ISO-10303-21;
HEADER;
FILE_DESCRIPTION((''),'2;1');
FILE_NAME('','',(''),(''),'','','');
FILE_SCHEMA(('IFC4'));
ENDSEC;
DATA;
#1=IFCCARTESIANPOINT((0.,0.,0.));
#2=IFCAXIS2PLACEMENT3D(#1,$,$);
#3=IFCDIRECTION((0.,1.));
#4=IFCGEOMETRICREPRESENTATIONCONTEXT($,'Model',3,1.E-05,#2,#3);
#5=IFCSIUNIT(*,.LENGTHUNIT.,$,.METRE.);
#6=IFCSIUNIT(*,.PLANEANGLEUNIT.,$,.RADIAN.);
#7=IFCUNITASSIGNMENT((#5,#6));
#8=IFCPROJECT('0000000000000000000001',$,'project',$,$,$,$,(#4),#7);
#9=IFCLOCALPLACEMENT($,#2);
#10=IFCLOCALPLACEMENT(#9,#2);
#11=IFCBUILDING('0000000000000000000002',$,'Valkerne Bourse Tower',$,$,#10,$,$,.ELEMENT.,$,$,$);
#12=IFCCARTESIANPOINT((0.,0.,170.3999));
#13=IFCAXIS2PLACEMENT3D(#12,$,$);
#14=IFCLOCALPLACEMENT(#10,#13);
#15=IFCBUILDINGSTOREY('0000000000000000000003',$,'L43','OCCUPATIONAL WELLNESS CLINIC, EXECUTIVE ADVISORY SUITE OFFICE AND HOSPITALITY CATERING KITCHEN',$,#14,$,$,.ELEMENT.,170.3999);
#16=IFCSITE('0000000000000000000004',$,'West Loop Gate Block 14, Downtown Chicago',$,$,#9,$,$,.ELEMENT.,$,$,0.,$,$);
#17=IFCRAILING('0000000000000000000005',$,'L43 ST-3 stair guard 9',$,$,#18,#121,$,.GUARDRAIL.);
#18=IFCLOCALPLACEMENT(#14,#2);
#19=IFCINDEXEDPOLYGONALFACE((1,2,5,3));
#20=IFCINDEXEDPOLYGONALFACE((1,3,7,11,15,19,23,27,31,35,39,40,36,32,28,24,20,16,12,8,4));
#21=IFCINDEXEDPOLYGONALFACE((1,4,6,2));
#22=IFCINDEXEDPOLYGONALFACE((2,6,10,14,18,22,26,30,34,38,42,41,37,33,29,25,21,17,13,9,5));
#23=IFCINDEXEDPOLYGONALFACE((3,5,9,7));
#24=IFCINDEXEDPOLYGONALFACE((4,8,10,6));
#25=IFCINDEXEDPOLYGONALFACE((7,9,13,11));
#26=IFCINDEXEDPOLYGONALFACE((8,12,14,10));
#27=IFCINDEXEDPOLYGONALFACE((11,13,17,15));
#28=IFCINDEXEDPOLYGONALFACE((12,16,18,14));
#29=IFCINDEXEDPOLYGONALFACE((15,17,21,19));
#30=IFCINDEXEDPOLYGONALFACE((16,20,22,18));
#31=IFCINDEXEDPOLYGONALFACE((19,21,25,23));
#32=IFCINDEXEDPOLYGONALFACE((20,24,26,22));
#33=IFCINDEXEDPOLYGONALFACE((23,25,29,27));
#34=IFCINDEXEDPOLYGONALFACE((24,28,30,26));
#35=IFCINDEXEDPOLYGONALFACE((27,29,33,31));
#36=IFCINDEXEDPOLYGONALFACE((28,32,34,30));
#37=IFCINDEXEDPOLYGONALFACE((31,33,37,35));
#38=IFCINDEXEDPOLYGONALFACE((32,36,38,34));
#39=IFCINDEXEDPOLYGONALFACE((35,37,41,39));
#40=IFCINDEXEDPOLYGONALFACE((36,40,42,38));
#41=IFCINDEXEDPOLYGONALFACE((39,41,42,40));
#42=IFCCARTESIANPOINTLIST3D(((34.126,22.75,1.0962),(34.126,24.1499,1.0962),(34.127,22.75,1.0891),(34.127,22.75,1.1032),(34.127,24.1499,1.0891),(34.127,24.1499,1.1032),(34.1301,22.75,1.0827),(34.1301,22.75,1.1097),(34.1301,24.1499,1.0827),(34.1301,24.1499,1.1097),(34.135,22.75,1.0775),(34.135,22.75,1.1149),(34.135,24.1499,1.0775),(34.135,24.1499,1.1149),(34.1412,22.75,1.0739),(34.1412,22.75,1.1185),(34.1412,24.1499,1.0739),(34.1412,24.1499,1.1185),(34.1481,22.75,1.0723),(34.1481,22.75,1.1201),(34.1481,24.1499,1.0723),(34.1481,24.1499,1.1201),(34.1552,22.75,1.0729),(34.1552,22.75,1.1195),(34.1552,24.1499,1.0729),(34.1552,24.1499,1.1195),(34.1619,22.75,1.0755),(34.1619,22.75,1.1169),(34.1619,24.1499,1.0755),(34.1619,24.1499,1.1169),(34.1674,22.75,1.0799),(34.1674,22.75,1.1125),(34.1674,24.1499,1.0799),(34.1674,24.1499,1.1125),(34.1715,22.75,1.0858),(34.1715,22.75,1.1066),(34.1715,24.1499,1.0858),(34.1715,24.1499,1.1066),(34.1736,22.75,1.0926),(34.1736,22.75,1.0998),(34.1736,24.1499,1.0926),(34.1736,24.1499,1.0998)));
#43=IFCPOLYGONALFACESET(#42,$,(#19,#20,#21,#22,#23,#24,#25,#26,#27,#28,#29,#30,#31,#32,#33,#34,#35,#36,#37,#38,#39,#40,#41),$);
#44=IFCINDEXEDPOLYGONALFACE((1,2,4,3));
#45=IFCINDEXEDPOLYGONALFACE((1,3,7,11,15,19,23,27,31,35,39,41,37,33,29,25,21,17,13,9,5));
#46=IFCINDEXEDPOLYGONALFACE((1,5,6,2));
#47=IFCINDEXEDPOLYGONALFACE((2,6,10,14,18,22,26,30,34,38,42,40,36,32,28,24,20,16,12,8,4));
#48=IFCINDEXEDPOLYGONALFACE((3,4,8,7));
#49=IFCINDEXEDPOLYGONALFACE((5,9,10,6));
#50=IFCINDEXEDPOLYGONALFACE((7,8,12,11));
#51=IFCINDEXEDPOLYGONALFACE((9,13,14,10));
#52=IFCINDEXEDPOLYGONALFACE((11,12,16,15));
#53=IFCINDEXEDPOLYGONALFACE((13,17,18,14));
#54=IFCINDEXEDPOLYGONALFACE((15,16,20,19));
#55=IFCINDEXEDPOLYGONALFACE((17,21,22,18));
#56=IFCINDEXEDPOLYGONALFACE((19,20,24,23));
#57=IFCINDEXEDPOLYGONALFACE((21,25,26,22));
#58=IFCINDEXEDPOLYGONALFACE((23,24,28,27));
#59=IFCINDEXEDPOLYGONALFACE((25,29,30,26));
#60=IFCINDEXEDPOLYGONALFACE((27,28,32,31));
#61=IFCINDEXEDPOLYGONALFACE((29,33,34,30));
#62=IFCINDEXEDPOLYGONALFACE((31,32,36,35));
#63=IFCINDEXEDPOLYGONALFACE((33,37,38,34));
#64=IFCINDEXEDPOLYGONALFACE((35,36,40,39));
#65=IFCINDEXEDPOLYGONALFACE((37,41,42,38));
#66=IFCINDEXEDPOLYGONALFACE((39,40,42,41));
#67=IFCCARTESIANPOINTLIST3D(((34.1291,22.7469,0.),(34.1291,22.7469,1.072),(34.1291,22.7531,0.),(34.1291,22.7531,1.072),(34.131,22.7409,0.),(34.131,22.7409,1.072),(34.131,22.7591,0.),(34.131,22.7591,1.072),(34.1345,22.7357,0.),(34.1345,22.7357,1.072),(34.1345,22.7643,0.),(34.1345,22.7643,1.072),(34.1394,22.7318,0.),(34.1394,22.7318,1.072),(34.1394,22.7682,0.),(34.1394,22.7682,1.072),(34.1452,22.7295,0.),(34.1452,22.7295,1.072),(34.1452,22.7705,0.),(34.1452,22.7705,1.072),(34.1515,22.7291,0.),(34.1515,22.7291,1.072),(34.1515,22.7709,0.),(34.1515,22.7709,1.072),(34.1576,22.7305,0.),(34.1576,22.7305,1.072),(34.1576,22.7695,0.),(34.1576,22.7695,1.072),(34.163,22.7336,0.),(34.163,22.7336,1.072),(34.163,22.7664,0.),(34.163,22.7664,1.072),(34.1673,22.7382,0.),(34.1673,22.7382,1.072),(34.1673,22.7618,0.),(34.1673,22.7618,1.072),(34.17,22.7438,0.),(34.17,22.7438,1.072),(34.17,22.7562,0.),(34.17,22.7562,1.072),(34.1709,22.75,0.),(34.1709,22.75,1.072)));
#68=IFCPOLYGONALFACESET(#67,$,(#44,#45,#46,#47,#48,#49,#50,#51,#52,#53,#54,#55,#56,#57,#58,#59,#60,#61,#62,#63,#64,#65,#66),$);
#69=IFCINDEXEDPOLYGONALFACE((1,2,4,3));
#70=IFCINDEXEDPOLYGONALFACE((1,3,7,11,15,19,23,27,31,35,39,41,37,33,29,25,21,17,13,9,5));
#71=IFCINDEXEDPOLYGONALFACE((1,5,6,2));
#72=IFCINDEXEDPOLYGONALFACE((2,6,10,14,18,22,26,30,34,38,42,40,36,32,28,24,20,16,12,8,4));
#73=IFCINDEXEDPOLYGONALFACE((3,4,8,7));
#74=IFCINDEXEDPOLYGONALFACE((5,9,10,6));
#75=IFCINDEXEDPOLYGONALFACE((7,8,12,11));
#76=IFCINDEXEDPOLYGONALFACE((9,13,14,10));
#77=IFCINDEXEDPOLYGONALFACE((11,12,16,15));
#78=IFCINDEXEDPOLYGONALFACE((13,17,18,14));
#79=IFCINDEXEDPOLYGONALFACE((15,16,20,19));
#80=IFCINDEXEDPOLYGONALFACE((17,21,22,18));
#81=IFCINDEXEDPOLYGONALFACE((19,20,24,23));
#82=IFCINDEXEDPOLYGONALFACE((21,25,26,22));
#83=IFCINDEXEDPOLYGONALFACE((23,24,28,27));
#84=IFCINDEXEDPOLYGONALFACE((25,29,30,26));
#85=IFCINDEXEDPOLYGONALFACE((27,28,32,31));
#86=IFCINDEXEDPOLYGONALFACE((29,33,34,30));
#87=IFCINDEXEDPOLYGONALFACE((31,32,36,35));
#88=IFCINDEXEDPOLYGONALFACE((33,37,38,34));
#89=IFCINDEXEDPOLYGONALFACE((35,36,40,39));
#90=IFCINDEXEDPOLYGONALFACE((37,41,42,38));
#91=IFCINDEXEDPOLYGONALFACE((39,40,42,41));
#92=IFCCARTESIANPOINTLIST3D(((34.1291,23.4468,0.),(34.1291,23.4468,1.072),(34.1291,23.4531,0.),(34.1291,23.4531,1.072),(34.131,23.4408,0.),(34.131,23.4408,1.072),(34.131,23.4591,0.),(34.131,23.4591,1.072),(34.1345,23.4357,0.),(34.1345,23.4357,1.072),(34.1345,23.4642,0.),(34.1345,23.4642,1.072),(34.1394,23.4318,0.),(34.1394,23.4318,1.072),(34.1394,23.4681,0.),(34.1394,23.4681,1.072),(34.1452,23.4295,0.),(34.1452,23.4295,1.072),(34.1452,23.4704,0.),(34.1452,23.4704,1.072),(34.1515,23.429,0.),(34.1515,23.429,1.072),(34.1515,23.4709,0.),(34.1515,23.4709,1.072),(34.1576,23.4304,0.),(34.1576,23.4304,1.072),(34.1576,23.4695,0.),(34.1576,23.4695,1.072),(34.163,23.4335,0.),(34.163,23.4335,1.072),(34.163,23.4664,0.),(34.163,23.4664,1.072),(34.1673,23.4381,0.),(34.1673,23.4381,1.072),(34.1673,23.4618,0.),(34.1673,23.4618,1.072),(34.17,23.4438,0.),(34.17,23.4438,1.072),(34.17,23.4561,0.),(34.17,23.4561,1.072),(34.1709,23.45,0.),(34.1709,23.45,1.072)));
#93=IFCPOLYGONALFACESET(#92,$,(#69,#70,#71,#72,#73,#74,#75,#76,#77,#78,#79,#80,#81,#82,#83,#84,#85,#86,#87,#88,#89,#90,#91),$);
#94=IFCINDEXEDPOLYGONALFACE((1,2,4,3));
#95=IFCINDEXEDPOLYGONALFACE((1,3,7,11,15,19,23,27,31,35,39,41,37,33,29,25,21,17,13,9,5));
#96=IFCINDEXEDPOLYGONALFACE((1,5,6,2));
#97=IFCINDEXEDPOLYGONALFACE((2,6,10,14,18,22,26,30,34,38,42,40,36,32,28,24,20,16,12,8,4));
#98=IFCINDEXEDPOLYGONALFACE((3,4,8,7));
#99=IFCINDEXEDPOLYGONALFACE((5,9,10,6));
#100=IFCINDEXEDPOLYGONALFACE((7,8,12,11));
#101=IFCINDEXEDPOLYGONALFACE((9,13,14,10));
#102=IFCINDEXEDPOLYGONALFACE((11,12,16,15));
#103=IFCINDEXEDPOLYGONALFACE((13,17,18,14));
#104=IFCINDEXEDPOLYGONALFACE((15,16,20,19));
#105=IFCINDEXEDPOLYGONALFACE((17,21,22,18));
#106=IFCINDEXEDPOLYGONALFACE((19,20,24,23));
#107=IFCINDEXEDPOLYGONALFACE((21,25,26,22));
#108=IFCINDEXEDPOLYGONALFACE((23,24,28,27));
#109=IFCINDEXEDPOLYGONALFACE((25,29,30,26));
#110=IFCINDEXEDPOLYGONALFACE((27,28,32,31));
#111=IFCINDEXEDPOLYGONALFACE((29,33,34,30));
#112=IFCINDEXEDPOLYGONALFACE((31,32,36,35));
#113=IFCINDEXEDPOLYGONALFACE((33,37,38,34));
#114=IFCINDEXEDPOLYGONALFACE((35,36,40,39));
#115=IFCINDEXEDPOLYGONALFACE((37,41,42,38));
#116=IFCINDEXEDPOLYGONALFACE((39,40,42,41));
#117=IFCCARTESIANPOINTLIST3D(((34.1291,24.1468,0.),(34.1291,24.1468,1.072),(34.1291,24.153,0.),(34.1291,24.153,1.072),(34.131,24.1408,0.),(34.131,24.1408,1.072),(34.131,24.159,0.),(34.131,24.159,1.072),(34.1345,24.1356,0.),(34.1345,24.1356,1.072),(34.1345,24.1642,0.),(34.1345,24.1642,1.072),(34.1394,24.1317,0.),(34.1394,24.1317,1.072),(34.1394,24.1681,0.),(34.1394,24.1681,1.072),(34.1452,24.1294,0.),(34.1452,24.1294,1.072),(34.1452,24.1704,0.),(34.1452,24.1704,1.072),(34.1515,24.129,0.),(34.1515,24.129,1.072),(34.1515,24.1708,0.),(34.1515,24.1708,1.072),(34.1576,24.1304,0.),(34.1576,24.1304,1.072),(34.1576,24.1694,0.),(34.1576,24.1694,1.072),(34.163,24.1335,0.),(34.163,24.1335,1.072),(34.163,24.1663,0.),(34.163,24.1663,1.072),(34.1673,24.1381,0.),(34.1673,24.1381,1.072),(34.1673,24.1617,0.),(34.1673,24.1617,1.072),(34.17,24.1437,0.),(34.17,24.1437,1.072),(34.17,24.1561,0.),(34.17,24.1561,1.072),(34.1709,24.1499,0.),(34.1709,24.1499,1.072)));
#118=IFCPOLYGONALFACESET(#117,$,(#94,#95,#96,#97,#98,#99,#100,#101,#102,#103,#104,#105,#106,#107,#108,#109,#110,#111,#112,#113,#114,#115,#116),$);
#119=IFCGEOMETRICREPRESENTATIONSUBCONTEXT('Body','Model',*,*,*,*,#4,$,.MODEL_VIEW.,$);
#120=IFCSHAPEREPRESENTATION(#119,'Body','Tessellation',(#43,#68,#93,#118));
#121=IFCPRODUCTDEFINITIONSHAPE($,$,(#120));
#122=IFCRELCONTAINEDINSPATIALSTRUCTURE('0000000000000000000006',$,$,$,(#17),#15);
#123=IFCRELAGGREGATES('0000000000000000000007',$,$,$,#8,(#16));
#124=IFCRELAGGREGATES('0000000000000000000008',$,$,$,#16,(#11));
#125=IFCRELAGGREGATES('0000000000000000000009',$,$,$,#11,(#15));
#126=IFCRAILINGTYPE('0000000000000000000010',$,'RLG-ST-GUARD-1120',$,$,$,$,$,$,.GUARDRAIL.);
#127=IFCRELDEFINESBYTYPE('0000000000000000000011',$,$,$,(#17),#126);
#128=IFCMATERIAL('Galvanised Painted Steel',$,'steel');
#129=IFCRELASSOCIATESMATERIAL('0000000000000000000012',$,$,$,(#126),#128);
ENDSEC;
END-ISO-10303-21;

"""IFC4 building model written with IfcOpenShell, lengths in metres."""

from ifc_helpers import new_model, si_unit, direction, frame, origin, origin_2d, place, context, subcontext, project, spatial, circle, extrude, material, type_object, element, save


model = new_model("IFC4")

# Units and contexts
model_context = context("Model", 3, precision=1e-05, world=origin(), true_north=direction((0.0, 1.0)))
body_context = subcontext(model_context, "Body", "Model", "MODEL_VIEW")
ifc_project = project(units=[si_unit("LENGTHUNIT", "METRE"), si_unit("PLANEANGLEUNIT", "RADIAN")], contexts=[model_context])

# Site, building, storey
site_placement = place(None, origin())
site = spatial("IfcSite", under=ifc_project, at=site_placement, Name="West Loop Gate Block 14, Downtown Chicago", CompositionType="ELEMENT", RefElevation=0.0)
building_placement = place(site_placement, origin())
building = spatial("IfcBuilding", under=site, at=building_placement, Name="Valkerne Bourse Tower", CompositionType="ELEMENT")
storey_placement = place(building_placement, frame((0.0, 0.0, 170.3999)))
storey = spatial("IfcBuildingStorey", under=building, at=storey_placement, Name="L43", Description="OCCUPATIONAL WELLNESS CLINIC, EXECUTIVE ADVISORY SUITE OFFICE AND HOSPITALITY CATERING KITCHEN", CompositionType="ELEMENT", Elevation=170.3999)

# Railing
ifc_material_1 = material(Name="Galvanised Painted Steel", Category="steel")
railing_type_1 = type_object("IfcRailingType", Name="RLG-ST-GUARD-1120", PredefinedType="GUARDRAIL", material=ifc_material_1)
for number, where, name in (
    (1, (34.1499, 22.75, 0.0), "L43 ST-3 stair guard 9"),
):
    element("IfcRailing", number, at=place(storey_placement, frame(where)), inside=storey, type_object=railing_type_1, Name=name, PredefinedType="GUARDRAIL", context=body_context, shape_type="SweptSolid", body=[
        extrude(circle(Radius=0.0239, at=origin_2d()), frame((0.0, 0.0, 1.0962), z_axis=(0.0, 1.0, 0.0), x_axis=(-1.0, 0.0, 0.0)), (0.0, 0.0, 1.0), 1.3999),
        extrude(circle(Radius=0.021, at=origin_2d()), origin(), (0.0, 0.0, 1.0), 1.072),
        extrude(circle(Radius=0.021, at=origin_2d()), frame((0.0, 0.7, 0.0)), (0.0, 0.0, 1.0), 1.072),
        extrude(circle(Radius=0.021, at=origin_2d()), frame((0.0, 1.3999, 0.0)), (0.0, 0.0, 1.0), 1.072),
    ])

save(model, "model.ifc")
